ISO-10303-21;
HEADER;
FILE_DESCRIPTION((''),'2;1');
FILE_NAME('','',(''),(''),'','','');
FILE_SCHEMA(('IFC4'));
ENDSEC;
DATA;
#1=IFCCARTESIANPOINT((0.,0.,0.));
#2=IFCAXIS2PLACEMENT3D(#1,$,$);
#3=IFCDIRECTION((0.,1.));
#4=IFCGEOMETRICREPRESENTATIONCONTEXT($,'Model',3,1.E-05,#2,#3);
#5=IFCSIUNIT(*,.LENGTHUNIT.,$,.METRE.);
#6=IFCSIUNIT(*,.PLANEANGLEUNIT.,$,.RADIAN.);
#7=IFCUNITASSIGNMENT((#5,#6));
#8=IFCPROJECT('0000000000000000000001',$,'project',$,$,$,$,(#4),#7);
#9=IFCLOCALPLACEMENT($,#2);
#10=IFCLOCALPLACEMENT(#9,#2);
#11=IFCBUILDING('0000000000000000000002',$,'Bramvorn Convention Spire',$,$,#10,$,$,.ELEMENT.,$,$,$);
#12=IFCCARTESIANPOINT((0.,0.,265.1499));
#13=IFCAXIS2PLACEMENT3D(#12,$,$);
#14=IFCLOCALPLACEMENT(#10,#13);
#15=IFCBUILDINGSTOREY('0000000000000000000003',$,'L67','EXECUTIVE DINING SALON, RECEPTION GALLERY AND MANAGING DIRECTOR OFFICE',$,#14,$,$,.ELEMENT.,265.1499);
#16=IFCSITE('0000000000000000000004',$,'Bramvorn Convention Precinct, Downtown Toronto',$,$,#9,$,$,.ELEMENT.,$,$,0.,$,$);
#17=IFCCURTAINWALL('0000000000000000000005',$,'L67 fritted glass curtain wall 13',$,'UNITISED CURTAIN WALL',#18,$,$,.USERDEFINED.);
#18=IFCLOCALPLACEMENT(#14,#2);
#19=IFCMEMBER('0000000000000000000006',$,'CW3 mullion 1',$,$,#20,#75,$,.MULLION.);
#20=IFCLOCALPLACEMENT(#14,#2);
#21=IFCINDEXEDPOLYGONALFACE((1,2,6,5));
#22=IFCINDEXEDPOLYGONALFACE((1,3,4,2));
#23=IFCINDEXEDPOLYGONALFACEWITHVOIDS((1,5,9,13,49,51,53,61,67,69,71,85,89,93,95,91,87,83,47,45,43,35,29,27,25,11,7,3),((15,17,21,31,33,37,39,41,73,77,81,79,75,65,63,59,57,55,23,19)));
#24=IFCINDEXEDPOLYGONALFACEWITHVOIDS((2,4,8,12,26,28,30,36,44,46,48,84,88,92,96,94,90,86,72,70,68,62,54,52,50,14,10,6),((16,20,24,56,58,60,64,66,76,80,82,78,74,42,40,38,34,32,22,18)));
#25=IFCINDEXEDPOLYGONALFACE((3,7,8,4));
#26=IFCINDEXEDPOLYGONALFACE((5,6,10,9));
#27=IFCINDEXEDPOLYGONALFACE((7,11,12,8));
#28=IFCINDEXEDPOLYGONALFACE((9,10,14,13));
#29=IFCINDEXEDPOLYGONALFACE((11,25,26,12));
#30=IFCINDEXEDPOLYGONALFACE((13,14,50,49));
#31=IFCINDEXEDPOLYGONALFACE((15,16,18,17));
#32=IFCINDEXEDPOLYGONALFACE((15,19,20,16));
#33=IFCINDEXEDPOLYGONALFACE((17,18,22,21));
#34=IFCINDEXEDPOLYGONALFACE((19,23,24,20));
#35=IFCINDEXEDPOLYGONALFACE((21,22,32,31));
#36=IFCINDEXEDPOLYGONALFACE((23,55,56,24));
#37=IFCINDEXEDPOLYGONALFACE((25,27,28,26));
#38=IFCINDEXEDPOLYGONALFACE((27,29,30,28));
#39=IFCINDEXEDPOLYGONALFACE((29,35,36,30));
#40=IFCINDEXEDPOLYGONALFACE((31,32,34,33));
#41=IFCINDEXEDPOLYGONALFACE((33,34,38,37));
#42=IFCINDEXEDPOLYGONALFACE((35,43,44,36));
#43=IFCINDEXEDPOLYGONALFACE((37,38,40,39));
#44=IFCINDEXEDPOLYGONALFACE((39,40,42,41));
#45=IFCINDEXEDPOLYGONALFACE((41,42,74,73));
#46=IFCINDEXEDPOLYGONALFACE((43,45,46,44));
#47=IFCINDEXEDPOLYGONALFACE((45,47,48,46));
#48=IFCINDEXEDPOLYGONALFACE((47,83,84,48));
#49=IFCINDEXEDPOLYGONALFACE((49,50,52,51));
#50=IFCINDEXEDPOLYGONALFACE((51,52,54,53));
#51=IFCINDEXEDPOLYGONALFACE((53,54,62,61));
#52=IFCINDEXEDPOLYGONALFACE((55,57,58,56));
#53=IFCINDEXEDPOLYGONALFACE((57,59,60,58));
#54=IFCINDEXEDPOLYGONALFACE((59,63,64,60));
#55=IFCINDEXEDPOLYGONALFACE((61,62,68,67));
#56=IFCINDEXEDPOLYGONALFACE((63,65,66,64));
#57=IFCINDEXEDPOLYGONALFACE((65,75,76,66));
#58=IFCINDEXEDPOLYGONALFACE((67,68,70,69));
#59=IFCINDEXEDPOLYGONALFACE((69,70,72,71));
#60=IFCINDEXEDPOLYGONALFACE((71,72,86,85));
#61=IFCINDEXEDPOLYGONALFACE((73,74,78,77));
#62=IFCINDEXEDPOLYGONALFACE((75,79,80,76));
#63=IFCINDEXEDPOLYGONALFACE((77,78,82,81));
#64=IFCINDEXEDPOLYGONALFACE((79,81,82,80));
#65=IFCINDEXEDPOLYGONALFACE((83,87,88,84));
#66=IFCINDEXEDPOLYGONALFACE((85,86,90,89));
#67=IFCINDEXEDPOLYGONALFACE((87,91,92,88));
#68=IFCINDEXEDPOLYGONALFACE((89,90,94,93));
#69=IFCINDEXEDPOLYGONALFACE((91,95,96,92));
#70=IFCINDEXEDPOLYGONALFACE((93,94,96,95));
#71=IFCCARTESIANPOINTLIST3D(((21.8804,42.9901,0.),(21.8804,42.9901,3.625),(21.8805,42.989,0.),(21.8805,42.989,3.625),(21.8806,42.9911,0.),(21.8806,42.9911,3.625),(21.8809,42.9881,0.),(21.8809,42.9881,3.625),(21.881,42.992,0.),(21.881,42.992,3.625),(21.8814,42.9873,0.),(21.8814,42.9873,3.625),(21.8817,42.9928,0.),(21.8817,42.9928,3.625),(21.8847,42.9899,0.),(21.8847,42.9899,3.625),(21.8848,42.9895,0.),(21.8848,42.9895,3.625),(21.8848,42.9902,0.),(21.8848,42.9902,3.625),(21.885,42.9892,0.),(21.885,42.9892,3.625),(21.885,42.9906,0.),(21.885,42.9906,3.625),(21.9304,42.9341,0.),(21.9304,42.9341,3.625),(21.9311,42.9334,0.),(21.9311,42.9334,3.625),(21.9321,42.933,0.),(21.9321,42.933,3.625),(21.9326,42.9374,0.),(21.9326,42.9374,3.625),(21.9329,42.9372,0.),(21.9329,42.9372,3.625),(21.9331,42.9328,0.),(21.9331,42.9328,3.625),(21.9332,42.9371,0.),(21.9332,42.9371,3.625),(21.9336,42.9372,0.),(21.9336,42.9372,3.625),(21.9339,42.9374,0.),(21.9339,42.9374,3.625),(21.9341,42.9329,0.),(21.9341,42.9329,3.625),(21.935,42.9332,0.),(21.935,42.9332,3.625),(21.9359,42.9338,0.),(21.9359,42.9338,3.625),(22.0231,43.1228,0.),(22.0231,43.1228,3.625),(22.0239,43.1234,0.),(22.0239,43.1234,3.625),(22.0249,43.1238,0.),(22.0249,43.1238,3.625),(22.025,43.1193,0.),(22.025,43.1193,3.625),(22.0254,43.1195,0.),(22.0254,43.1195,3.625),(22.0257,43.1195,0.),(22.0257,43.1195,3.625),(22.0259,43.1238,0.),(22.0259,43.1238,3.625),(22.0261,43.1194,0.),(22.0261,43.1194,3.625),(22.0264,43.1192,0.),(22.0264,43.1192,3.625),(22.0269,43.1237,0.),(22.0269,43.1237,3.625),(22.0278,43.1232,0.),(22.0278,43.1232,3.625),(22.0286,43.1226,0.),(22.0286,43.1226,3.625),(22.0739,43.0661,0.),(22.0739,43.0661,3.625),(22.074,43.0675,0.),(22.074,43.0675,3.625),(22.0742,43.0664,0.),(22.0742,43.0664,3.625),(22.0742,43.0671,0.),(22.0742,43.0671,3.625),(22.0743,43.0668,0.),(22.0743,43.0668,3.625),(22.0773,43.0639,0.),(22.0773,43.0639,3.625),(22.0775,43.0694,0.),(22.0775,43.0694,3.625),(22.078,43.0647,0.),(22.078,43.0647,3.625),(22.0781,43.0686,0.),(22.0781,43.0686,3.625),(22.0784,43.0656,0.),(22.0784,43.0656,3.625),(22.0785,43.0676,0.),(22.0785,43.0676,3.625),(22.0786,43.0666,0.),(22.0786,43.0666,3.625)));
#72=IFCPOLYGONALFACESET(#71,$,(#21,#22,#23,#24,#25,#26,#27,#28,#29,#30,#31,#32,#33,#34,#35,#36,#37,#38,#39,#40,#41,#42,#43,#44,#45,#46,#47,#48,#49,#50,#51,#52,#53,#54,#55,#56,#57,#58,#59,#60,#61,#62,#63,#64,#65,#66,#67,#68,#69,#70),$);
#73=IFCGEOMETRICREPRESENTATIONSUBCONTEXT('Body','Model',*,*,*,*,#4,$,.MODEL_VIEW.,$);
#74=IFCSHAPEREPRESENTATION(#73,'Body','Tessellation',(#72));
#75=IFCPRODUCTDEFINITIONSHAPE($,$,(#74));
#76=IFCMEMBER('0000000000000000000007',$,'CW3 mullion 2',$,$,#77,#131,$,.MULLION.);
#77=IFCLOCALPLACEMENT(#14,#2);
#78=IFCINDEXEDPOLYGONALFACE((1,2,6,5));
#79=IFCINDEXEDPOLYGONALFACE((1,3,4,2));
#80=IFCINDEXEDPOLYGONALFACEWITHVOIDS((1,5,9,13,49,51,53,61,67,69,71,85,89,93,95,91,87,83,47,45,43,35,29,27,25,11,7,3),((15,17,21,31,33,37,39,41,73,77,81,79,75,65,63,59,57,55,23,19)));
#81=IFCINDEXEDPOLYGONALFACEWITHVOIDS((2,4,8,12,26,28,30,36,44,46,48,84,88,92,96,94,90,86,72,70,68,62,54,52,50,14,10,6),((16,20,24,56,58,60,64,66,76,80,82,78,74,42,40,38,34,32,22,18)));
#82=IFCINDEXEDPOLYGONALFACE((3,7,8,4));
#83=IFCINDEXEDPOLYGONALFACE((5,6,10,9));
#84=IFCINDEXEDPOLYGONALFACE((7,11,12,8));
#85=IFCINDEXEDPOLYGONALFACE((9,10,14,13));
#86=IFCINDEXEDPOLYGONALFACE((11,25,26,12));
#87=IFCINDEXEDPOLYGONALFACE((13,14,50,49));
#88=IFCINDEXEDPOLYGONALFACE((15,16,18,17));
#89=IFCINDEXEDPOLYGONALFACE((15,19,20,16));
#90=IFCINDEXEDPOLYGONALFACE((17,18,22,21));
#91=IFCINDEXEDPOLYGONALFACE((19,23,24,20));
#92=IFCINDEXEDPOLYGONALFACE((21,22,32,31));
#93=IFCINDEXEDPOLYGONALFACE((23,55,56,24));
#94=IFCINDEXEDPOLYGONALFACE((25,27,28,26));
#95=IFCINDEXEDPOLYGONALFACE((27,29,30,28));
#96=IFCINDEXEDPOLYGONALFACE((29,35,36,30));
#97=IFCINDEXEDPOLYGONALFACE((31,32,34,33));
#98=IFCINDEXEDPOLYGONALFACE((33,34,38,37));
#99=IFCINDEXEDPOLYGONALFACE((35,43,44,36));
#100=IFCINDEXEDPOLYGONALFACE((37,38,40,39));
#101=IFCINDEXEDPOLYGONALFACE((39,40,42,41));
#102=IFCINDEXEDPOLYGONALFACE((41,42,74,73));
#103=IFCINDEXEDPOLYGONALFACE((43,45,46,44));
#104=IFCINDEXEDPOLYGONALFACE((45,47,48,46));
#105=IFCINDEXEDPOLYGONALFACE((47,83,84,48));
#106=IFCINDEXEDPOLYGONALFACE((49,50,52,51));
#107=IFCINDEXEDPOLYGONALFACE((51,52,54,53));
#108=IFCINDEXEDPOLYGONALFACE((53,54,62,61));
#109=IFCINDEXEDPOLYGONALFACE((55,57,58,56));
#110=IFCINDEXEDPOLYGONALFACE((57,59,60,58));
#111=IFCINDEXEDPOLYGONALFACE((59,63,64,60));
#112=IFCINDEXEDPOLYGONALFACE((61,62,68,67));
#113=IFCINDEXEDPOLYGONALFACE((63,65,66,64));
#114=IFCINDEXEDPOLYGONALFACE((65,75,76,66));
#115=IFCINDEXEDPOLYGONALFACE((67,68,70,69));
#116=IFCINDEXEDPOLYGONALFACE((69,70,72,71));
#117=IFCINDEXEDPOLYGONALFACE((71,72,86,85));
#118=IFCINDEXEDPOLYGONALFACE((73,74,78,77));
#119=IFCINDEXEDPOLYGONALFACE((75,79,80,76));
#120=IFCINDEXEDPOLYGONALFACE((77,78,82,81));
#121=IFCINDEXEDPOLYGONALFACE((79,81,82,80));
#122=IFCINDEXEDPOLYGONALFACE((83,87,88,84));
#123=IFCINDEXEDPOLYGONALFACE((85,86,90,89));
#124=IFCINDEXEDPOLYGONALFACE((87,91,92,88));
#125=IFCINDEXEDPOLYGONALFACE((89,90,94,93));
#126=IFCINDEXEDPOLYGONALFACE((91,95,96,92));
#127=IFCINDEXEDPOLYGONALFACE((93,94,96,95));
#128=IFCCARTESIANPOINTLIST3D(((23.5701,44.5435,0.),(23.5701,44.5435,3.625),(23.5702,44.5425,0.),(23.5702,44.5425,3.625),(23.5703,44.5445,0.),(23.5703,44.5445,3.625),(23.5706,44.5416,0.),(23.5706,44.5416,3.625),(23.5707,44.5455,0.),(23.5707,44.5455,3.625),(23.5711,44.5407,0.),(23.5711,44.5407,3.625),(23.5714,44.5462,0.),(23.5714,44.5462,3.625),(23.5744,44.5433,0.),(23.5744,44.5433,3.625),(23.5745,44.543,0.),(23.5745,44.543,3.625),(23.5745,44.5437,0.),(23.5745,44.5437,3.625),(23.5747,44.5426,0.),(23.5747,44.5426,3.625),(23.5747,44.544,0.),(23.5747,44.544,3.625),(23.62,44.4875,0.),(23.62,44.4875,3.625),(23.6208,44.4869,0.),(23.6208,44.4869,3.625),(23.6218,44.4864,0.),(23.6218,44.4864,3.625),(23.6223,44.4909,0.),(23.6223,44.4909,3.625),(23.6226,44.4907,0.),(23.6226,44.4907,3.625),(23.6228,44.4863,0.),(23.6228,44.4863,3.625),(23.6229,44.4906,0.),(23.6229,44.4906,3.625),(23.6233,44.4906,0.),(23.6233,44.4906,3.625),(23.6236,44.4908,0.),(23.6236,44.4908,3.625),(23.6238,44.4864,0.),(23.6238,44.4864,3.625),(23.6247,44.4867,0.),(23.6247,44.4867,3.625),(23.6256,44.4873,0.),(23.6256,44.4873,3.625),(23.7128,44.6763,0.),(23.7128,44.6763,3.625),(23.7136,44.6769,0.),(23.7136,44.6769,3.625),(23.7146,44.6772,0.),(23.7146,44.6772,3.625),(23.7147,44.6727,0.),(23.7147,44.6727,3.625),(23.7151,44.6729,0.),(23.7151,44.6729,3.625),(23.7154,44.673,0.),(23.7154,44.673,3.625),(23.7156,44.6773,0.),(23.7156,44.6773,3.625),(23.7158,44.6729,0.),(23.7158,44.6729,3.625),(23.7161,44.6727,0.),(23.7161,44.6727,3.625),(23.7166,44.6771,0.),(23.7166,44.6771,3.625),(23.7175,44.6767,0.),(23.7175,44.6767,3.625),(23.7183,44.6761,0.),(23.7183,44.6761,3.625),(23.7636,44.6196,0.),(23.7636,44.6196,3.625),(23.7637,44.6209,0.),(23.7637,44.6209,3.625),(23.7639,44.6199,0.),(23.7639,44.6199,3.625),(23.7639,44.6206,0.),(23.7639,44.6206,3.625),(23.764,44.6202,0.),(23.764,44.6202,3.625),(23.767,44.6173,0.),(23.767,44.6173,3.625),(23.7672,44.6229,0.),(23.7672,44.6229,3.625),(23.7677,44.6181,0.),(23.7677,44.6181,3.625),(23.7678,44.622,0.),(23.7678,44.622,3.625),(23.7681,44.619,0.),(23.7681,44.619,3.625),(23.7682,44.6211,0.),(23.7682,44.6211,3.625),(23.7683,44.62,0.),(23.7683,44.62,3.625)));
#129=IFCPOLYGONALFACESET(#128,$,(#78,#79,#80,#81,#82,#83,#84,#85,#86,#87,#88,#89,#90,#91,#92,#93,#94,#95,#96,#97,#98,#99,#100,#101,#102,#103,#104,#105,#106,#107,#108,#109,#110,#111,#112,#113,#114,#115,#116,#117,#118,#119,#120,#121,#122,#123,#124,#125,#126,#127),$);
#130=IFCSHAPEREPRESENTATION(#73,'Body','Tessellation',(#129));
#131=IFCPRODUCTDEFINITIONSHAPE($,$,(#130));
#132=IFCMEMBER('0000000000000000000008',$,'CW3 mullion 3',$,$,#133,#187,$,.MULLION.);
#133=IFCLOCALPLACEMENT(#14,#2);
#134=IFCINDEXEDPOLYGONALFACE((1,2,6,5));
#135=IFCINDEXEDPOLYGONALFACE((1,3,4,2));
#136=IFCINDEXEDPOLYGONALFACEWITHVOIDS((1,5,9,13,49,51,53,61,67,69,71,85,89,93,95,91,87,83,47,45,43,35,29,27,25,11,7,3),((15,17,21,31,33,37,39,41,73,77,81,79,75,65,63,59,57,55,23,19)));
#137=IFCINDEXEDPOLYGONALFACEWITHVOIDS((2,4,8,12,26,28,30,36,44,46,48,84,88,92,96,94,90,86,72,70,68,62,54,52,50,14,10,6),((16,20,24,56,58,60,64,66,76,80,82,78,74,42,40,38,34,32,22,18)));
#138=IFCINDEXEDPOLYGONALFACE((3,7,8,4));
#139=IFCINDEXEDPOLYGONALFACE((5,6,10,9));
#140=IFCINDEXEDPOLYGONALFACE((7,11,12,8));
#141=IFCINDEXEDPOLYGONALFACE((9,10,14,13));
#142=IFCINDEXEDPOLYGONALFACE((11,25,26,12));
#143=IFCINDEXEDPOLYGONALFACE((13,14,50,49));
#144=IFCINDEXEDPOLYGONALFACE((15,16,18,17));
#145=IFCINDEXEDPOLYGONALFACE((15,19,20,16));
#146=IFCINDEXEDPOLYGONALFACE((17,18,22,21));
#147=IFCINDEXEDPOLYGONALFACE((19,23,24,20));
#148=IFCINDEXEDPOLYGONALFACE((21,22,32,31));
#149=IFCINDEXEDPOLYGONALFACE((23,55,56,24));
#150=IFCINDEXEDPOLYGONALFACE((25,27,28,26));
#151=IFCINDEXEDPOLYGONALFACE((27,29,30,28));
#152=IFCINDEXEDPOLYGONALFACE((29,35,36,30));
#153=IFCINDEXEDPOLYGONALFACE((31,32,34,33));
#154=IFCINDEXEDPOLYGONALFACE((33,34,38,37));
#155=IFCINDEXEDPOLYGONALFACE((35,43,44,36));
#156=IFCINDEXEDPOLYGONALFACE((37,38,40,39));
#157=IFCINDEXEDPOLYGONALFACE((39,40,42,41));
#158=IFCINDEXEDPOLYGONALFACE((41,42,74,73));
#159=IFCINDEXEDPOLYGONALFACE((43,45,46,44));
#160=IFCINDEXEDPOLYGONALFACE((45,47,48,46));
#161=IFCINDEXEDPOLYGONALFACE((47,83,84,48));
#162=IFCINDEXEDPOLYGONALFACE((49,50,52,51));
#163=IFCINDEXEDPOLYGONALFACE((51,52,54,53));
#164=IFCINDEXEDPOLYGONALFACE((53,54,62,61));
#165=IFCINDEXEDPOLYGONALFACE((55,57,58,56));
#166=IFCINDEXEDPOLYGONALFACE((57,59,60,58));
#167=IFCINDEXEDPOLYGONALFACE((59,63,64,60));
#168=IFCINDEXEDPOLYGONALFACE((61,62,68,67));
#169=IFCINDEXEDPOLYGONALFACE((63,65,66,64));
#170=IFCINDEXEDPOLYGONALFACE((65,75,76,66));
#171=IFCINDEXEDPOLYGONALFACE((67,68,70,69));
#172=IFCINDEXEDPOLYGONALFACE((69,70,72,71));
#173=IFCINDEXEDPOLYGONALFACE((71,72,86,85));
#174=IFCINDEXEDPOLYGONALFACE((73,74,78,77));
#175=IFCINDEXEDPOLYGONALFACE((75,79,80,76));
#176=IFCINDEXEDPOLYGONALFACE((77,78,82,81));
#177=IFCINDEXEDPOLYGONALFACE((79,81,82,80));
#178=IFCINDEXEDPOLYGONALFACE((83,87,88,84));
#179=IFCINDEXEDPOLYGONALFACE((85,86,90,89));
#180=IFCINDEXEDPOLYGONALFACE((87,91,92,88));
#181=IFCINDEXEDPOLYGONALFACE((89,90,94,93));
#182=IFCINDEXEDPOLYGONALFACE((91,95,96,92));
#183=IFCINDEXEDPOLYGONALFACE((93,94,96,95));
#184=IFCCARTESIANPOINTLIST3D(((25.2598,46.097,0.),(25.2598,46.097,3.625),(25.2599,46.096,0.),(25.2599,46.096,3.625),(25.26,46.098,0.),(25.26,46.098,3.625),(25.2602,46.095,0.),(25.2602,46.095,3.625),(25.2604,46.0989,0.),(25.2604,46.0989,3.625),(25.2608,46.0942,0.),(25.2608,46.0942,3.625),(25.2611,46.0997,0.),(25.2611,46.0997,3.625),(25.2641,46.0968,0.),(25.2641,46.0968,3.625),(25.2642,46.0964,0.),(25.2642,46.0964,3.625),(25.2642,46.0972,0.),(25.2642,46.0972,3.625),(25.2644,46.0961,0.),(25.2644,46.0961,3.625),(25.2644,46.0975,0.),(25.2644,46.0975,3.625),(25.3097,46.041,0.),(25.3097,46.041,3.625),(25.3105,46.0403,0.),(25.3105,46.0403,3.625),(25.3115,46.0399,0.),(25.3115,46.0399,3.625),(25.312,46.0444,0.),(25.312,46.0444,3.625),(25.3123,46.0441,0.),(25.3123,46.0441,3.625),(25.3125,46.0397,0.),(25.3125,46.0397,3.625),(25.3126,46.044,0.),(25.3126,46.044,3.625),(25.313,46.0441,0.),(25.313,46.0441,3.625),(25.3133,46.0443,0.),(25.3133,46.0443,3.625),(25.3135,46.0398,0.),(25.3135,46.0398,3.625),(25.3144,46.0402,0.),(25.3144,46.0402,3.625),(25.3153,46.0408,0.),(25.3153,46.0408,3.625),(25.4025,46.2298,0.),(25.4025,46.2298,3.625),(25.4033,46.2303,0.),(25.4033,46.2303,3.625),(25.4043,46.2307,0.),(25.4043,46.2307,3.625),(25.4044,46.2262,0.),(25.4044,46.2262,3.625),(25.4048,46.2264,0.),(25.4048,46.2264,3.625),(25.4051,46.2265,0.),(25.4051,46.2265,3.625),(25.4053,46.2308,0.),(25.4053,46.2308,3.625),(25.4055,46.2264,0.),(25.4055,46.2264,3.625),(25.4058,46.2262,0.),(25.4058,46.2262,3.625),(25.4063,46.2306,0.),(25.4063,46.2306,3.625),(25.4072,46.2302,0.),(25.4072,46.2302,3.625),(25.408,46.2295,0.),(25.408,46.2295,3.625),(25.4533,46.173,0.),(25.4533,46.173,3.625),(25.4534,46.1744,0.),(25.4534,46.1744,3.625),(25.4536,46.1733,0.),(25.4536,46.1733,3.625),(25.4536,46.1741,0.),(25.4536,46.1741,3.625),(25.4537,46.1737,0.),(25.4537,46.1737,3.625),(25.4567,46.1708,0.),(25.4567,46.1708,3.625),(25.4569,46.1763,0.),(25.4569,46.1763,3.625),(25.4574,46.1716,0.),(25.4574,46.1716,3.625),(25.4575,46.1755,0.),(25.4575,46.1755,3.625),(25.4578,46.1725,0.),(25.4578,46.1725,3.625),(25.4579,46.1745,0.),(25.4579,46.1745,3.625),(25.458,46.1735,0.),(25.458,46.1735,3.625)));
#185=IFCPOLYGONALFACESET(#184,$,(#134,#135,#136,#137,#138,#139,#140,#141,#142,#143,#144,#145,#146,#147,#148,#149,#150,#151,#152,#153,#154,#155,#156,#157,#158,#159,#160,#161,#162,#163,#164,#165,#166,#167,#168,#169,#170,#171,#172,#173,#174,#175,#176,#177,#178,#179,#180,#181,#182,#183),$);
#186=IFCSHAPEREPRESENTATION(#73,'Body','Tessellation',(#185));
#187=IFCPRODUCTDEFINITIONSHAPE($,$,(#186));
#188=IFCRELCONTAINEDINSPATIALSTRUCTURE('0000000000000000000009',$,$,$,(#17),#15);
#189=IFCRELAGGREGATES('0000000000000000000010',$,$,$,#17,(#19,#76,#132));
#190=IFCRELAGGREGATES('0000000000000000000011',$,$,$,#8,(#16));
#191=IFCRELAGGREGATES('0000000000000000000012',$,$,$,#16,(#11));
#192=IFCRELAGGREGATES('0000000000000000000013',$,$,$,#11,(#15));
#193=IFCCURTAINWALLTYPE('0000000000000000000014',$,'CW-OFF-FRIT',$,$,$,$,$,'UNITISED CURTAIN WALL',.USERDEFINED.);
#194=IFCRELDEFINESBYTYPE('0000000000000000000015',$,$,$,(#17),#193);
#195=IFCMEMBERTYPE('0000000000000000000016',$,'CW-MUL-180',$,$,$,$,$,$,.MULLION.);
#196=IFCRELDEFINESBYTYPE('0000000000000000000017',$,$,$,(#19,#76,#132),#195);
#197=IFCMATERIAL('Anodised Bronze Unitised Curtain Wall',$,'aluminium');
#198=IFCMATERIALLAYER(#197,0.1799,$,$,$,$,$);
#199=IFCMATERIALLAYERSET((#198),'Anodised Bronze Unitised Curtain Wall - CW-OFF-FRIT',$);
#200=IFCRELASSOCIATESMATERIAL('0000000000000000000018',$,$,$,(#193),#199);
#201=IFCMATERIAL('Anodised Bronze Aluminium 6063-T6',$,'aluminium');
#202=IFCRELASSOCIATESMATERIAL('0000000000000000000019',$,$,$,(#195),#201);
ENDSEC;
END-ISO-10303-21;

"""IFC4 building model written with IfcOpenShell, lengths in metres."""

from ifc_helpers import new_model, si_unit, direction, frame, origin, origin_2d, place, context, subcontext, project, spatial, hollow_rectangle, extrude, material, layer, layer_set, material_profile, profile_set, type_object, element, aggregate, save


model = new_model("IFC4")

# Units and contexts
model_context = context("Model", 3, precision=1e-05, world=origin(), true_north=direction((0.0, 1.0)))
body_context = subcontext(model_context, "Body", "Model", "MODEL_VIEW")
ifc_project = project(units=[si_unit("LENGTHUNIT", "METRE"), si_unit("PLANEANGLEUNIT", "RADIAN")], contexts=[model_context])

# Site, building, storey
site_placement = place(None, origin())
site = spatial("IfcSite", under=ifc_project, at=site_placement, Name="Bramvorn Convention Precinct, Downtown Toronto", CompositionType="ELEMENT", RefElevation=0.0)
building_placement = place(site_placement, origin())
building = spatial("IfcBuilding", under=site, at=building_placement, Name="Bramvorn Convention Spire", CompositionType="ELEMENT")
storey_placement = place(building_placement, frame((0.0, 0.0, 265.1499)))
storey = spatial("IfcBuildingStorey", under=building, at=storey_placement, Name="L67", Description="EXECUTIVE DINING SALON, RECEPTION GALLERY AND MANAGING DIRECTOR OFFICE", CompositionType="ELEMENT", Elevation=265.1499)

# Curtain wall, members
ifc_material_1 = material(Name="Anodised Bronze Unitised Curtain Wall", Category="aluminium")
ifc_layer_1 = layer(ifc_material_1, 0.1799)
ifc_layer_set_1 = layer_set([ifc_layer_1], Name="Anodised Bronze Unitised Curtain Wall - CW-OFF-FRIT")
curtain_wall_type = type_object("IfcCurtainWallType", Name="CW-OFF-FRIT", ElementType="UNITISED CURTAIN WALL", PredefinedType="USERDEFINED", material=ifc_layer_set_1)
curtain_wall_1_placement = place(storey_placement, origin())
curtain_wall_1 = element("IfcCurtainWall", 1, at=curtain_wall_1_placement, inside=storey, type_object=curtain_wall_type, Name="L67 fritted glass curtain wall 13", ObjectType="UNITISED CURTAIN WALL", PredefinedType="USERDEFINED")
ifc_material_2 = material(Name="Anodised Bronze Aluminium 6063-T6", Category="aluminium")
ifc_material_profile_1 = material_profile(ifc_material_2, hollow_rectangle(XDim=0.0801, YDim=0.2, WallThickness=0.0039, InnerFilletRadius=0.001, OuterFilletRadius=0.0039, at=origin_2d()))
ifc_profile_set_1 = profile_set([ifc_material_profile_1], Name="Anodised Bronze Aluminium 6063-T6 - CWM80X200")
member_type_1 = type_object("IfcMemberType", Name="CW-MUL-180", PredefinedType="MULLION", material=ifc_profile_set_1)
member_1_placement = place(storey_placement, frame((21.9795, 43.0283, 0.0), z_axis=(0.0, 0.0, 1.0), x_axis=(-0.676833, 0.736137, 0.0)))
member_1 = element("IfcMember", 2, at=member_1_placement, type_object=member_type_1, Name="CW3 mullion 1", PredefinedType="MULLION", context=body_context, shape_type="SweptSolid", body=[
    extrude(hollow_rectangle(XDim=0.0801, YDim=0.2, WallThickness=0.0039, InnerFilletRadius=0.001, OuterFilletRadius=0.0039, at=origin_2d()), origin(), (0.0, 0.0, 1.0), 3.625),
])
member_2_placement = place(storey_placement, frame((23.6692, 44.5818, 0.0), z_axis=(0.0, 0.0, 1.0), x_axis=(-0.676833, 0.736137, 0.0)))
member_2 = element("IfcMember", 3, at=member_2_placement, type_object=member_type_1, Name="CW3 mullion 2", PredefinedType="MULLION", context=body_context, shape_type="SweptSolid", body=[
    extrude(hollow_rectangle(XDim=0.0801, YDim=0.2, WallThickness=0.0039, InnerFilletRadius=0.001, OuterFilletRadius=0.0039, at=origin_2d()), origin(), (0.0, 0.0, 1.0), 3.625),
])
member_3_placement = place(storey_placement, frame((25.3589, 46.1353, 0.0), z_axis=(0.0, 0.0, 1.0), x_axis=(-0.676833, 0.736137, 0.0)))
member_3 = element("IfcMember", 4, at=member_3_placement, type_object=member_type_1, Name="CW3 mullion 3", PredefinedType="MULLION", context=body_context, shape_type="SweptSolid", body=[
    extrude(hollow_rectangle(XDim=0.0801, YDim=0.2, WallThickness=0.0039, InnerFilletRadius=0.001, OuterFilletRadius=0.0039, at=origin_2d()), origin(), (0.0, 0.0, 1.0), 3.625),
])

aggregate(curtain_wall_1, [member_1, member_2, member_3])

save(model, "model.ifc")
